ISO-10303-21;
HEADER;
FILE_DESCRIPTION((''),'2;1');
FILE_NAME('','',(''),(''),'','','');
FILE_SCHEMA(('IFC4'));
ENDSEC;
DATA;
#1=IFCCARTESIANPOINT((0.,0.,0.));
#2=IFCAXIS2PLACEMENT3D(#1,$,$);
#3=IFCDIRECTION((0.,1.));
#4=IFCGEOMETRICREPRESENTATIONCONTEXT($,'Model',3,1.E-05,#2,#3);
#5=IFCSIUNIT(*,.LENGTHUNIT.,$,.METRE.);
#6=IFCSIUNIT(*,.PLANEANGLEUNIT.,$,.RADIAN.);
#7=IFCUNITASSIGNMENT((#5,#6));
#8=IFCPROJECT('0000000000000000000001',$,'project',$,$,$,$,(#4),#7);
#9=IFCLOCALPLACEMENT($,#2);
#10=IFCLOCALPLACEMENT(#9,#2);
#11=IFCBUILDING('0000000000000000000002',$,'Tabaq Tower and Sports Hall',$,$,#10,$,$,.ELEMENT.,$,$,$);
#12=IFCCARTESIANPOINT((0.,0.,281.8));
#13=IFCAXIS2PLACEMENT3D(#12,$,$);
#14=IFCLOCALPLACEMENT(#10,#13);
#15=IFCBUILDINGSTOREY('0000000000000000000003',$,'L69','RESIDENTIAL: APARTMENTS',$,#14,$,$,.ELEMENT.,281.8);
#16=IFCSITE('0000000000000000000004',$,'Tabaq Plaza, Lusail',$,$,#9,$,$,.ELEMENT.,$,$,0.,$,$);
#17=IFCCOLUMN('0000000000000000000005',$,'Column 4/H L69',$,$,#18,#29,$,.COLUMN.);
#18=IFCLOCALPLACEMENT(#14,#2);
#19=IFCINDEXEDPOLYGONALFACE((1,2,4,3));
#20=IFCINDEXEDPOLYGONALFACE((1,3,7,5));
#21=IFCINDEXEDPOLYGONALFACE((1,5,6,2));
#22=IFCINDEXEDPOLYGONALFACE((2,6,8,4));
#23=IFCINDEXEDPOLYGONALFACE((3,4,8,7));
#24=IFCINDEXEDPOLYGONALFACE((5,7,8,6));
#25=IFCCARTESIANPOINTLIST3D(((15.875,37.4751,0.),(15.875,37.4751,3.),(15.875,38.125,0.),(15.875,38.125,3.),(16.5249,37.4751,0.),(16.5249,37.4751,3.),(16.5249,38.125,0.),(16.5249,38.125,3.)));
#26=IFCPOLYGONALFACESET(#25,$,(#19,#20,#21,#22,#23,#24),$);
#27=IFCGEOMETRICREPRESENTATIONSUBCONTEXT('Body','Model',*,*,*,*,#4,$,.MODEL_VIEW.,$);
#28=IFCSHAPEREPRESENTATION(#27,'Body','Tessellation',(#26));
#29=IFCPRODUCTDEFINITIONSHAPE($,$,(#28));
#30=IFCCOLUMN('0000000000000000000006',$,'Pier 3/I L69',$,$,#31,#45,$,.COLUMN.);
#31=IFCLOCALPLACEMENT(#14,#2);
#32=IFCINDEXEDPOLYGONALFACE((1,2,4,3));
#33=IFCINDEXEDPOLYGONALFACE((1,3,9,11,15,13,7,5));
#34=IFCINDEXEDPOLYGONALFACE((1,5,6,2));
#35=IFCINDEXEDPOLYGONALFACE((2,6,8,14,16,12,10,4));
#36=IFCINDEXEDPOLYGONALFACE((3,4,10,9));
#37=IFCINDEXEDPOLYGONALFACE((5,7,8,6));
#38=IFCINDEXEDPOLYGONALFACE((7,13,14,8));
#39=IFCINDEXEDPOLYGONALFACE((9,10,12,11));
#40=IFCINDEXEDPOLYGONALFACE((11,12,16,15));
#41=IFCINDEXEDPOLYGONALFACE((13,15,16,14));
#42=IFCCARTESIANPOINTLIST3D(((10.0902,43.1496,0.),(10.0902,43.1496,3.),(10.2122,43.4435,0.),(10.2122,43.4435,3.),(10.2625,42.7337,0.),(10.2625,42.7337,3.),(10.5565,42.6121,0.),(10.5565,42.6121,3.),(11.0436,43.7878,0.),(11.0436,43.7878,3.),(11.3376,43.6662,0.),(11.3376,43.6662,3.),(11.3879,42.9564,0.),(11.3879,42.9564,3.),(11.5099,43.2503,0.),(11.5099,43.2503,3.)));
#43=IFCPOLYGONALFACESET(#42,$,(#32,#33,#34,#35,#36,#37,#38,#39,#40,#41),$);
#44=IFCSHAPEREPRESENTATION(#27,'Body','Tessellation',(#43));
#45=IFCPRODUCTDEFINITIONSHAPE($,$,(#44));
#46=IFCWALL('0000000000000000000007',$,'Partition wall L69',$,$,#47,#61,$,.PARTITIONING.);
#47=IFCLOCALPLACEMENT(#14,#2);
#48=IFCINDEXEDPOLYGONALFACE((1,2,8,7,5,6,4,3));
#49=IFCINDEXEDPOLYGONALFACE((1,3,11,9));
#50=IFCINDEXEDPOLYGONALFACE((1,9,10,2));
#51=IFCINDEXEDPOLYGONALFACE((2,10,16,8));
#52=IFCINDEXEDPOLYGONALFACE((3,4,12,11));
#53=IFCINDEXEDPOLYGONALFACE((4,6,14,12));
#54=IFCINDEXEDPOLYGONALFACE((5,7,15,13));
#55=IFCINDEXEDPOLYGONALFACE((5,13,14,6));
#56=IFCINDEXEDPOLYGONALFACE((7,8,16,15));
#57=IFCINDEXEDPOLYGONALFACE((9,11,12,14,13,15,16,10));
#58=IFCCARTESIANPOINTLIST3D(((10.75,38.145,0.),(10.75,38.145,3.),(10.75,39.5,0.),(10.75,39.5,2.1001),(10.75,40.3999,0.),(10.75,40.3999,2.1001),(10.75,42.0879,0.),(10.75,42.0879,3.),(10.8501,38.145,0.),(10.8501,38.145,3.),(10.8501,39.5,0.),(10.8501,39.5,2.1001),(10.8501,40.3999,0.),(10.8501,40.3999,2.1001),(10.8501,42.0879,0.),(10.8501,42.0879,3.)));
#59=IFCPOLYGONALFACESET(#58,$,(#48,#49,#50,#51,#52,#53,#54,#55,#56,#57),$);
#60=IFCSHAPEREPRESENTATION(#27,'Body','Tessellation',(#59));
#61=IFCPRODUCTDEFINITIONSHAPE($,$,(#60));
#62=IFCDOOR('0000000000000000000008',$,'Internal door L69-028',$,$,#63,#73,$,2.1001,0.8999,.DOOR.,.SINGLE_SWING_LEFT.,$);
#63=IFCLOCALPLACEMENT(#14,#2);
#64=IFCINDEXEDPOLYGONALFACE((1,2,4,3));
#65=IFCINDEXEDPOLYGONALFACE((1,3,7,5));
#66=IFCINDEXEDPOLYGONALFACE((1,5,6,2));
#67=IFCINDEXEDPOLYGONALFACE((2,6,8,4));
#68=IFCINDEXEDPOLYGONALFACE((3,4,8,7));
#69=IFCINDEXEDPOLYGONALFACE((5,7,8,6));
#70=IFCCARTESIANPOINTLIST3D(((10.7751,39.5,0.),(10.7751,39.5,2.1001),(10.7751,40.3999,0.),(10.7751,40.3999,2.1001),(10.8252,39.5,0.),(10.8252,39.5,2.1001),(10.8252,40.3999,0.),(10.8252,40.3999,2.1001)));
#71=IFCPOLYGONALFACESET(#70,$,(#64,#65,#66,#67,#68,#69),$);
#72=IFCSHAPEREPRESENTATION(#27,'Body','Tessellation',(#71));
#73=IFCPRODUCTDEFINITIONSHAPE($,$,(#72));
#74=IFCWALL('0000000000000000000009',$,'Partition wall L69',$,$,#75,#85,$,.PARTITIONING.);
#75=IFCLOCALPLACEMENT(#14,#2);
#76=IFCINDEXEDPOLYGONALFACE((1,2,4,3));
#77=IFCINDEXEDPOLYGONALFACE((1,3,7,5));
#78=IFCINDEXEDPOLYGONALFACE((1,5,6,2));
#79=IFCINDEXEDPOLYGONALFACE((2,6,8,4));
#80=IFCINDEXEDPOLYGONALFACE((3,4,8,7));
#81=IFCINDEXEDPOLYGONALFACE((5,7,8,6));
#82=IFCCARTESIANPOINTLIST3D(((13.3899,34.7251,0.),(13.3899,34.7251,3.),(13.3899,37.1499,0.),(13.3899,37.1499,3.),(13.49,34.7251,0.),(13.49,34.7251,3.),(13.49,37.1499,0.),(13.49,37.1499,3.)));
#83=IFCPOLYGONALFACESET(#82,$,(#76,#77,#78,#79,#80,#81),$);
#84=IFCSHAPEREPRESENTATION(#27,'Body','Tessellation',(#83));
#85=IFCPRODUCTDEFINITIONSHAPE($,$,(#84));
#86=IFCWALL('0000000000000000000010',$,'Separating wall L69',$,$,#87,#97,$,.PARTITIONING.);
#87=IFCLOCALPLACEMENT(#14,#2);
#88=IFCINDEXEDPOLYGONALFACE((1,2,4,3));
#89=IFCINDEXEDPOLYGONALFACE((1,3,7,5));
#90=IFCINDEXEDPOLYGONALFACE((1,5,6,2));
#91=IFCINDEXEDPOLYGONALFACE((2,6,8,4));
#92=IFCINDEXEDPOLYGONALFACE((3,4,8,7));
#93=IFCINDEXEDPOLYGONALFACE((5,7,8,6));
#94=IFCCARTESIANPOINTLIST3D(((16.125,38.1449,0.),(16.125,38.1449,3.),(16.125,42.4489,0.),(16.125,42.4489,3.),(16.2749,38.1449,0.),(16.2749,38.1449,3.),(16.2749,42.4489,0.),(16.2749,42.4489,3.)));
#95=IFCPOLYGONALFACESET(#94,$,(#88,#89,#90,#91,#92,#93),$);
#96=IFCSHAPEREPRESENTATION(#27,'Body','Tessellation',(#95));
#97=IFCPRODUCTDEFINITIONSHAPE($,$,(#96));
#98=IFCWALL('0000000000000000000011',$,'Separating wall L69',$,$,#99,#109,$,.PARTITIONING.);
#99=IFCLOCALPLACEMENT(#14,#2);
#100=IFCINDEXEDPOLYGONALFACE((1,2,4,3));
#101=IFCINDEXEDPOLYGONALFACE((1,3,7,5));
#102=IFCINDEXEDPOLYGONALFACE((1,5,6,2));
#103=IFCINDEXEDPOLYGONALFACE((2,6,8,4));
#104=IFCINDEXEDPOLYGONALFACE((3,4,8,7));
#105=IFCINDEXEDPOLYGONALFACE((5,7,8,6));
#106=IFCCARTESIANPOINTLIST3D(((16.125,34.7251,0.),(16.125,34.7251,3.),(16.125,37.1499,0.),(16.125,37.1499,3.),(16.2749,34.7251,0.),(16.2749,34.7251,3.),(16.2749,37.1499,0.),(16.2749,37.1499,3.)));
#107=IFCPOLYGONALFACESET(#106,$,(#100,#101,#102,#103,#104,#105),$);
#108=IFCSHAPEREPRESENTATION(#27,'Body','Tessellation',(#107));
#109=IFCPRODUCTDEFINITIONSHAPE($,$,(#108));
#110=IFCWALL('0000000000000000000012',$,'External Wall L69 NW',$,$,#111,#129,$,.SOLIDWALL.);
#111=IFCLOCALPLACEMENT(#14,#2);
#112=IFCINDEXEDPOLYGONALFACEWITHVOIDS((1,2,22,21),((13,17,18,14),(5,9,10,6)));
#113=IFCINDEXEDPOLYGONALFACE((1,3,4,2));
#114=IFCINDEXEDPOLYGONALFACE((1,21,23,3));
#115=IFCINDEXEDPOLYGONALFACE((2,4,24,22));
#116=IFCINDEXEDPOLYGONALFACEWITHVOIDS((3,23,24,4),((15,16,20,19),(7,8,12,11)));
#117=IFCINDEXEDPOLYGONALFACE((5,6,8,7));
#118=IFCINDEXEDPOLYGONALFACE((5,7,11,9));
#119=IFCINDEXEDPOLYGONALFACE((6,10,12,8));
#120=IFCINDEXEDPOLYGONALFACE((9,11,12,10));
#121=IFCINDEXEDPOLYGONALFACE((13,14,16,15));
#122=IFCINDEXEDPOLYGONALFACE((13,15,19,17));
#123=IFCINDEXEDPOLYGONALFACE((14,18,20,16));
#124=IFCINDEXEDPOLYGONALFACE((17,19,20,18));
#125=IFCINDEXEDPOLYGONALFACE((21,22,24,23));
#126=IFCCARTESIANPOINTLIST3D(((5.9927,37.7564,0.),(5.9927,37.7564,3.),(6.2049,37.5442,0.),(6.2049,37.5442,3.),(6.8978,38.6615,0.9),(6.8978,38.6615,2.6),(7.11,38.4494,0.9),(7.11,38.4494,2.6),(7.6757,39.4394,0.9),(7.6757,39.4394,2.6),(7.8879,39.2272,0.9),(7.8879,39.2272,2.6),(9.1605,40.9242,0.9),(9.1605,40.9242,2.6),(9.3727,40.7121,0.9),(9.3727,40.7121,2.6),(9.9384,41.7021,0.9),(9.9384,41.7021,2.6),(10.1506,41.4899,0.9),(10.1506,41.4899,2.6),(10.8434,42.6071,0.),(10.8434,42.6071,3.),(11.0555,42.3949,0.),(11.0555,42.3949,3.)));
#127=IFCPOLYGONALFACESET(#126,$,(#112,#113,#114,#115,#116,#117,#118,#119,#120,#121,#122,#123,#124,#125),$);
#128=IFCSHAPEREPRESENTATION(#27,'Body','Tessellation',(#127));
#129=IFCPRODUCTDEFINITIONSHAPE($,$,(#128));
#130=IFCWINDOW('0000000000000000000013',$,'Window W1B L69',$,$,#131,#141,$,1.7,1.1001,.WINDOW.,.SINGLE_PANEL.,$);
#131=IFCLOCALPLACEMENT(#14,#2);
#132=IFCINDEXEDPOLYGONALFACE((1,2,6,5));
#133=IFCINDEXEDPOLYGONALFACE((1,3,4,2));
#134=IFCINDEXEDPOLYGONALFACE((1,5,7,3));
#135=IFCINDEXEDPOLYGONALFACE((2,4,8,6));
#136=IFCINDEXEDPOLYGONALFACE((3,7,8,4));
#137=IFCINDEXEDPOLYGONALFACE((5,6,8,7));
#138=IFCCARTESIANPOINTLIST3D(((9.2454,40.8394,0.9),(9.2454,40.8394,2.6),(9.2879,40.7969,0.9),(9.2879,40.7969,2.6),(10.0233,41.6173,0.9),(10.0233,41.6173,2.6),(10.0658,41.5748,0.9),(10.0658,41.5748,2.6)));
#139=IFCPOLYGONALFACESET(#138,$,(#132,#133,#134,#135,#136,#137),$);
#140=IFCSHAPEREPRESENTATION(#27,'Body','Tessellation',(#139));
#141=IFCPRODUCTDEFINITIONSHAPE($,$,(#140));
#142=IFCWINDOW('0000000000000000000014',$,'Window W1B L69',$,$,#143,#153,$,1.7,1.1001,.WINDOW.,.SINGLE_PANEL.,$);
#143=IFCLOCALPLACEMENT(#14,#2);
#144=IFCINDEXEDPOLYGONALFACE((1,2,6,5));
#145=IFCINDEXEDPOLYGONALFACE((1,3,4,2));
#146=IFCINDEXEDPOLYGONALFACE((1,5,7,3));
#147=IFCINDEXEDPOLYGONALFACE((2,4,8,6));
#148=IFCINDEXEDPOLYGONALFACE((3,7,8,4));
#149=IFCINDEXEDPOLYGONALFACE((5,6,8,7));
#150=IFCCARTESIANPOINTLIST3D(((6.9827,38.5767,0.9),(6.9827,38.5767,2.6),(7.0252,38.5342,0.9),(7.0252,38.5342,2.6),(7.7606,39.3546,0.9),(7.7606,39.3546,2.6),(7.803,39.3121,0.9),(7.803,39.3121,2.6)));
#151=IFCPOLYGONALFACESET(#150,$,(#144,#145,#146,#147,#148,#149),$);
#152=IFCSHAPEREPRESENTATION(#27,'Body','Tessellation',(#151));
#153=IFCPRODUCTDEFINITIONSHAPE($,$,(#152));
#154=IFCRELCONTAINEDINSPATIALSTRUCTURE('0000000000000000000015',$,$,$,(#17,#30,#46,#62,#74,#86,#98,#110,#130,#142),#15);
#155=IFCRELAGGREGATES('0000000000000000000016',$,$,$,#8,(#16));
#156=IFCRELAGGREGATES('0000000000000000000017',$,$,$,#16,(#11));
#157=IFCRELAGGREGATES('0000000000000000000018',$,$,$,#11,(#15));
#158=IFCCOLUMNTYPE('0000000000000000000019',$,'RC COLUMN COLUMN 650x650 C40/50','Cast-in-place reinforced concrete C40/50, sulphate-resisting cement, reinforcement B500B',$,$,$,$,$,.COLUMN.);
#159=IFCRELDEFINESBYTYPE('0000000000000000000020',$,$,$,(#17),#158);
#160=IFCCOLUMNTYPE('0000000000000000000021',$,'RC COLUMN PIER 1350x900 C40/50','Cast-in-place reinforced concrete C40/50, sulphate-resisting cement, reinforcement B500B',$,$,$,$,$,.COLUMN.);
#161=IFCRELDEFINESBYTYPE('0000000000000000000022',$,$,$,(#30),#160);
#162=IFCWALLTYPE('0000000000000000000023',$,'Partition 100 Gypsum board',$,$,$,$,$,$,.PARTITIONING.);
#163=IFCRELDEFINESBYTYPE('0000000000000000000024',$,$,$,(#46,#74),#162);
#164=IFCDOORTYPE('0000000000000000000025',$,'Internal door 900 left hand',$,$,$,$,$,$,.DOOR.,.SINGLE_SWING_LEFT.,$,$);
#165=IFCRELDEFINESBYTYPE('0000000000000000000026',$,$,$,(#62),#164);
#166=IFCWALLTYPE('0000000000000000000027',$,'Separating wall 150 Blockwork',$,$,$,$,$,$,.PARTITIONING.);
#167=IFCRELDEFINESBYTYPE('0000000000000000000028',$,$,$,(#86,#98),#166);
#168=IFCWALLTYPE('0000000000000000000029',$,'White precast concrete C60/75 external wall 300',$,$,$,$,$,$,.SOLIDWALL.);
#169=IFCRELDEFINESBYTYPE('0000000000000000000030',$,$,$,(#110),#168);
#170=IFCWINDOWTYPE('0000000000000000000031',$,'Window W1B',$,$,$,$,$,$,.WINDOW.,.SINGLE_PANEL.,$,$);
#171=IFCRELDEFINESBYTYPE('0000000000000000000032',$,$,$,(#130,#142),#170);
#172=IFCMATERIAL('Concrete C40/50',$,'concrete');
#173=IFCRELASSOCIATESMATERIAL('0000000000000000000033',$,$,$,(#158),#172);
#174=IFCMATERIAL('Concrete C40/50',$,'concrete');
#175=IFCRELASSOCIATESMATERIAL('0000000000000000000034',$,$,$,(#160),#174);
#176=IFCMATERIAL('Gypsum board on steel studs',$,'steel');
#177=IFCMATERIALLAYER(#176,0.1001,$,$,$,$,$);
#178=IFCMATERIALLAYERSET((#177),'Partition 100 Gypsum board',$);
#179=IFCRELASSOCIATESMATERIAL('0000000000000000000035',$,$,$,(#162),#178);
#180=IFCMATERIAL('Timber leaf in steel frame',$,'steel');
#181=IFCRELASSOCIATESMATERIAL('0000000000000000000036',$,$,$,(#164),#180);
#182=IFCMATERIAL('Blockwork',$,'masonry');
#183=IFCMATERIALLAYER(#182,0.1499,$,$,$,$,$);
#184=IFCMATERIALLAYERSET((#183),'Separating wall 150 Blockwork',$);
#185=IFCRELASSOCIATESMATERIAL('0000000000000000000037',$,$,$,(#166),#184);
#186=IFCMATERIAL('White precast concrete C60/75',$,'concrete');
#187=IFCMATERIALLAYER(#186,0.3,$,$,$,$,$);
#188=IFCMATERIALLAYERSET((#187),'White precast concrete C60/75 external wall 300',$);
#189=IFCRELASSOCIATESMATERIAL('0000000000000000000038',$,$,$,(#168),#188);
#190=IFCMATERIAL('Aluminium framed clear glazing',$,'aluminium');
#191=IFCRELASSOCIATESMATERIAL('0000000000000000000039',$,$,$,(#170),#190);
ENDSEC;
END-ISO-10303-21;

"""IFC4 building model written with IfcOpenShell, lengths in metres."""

from ifc_helpers import new_model, si_unit, direction, frame, frame_2d, origin, origin_2d, place, context, subcontext, project, spatial, polyline, rectangle, outline, extrude, material, layer, layer_set, material_profile, profile_set, type_object, element, fill, save


model = new_model("IFC4")

# Units and contexts
model_context = context("Model", 3, precision=1e-05, world=origin(), true_north=direction((0.0, 1.0)))
body_context = subcontext(model_context, "Body", "Model", "MODEL_VIEW")
ifc_project = project(units=[si_unit("LENGTHUNIT", "METRE"), si_unit("PLANEANGLEUNIT", "RADIAN")], contexts=[model_context])

# Site, building, storey
site_placement = place(None, origin())
site = spatial("IfcSite", under=ifc_project, at=site_placement, Name="Tabaq Plaza, Lusail", CompositionType="ELEMENT", RefElevation=0.0)
building_placement = place(site_placement, origin())
building = spatial("IfcBuilding", under=site, at=building_placement, Name="Tabaq Tower and Sports Hall", CompositionType="ELEMENT")
storey_placement = place(building_placement, frame((0.0, 0.0, 281.8)))
storey = spatial("IfcBuildingStorey", under=building, at=storey_placement, Name="L69", Description="RESIDENTIAL: APARTMENTS", CompositionType="ELEMENT", Elevation=281.8)

# Columns
ifc_material_1 = material(Name="Concrete C40/50", Category="concrete")
ifc_material_profile_1 = material_profile(ifc_material_1, rectangle(XDim=0.6499, YDim=0.6499, at=origin_2d()), Name="COLUMN 650x650")
ifc_profile_set_1 = profile_set([ifc_material_profile_1], Name="Concrete C40/50")
column_type_1 = type_object("IfcColumnType", Name="RC COLUMN COLUMN 650x650 C40/50", Description="Cast-in-place reinforced concrete C40/50, sulphate-resisting cement, reinforcement B500B", PredefinedType="COLUMN", material=ifc_profile_set_1)
column_1_placement = place(storey_placement, frame((16.2, 37.8, 0.0), z_axis=(0.0, 0.0, 1.0), x_axis=(1.0, 0.0, 0.0)))
element("IfcColumn", 1, at=column_1_placement, inside=storey, type_object=column_type_1, Name="Column 4/H L69", PredefinedType="COLUMN", context=body_context, shape_type="SweptSolid", body=[
    extrude(rectangle(XDim=0.6499, YDim=0.6499, at=origin_2d()), origin(), (0.0, 0.0, 1.0), 3.0),
])
ifc_material_2 = material(Name="Concrete C40/50", Category="concrete")
ifc_material_profile_2 = material_profile(ifc_material_2, outline(polyline([(-0.45, -0.45), (0.45, -0.45), (0.675, -0.2251), (0.675, 0.2251), (0.45, 0.45), (-0.45, 0.45), (-0.675, 0.2251), (-0.675, -0.2251), (-0.45, -0.45)])), Name="PIER 1350x900")
ifc_profile_set_2 = profile_set([ifc_material_profile_2], Name="Concrete C40/50")
column_type_2 = type_object("IfcColumnType", Name="RC COLUMN PIER 1350x900 C40/50", Description="Cast-in-place reinforced concrete C40/50, sulphate-resisting cement, reinforcement B500B", PredefinedType="COLUMN", material=ifc_profile_set_2)
column_2_placement = place(storey_placement, frame((10.8, 43.2, 0.0), z_axis=(0.0, 0.0, 1.0), x_axis=(0.92388, 0.382683, 0.0)))
element("IfcColumn", 2, at=column_2_placement, inside=storey, type_object=column_type_2, Name="Pier 3/I L69", PredefinedType="COLUMN", context=body_context, shape_type="SweptSolid", body=[
    extrude(outline(polyline([(-0.45, -0.45), (0.45, -0.45), (0.675, -0.2251), (0.675, 0.2251), (0.45, 0.45), (-0.45, 0.45), (-0.675, 0.2251), (-0.675, -0.2251), (-0.45, -0.45)])), origin(), (0.0, 0.0, 1.0), 3.0),
])

# Wall, opening, door
ifc_material_3 = material(Name="Gypsum board on steel studs", Category="steel")
ifc_layer_1 = layer(ifc_material_3, 0.1001)
ifc_layer_set_1 = layer_set([ifc_layer_1], Name="Partition 100 Gypsum board")
wall_type_1 = type_object("IfcWallType", Name="Partition 100 Gypsum board", PredefinedType="PARTITIONING", material=ifc_layer_set_1)
wall_1_placement = place(storey_placement, frame((10.8, 38.145, 0.0), z_axis=(0.0, 0.0, 1.0), x_axis=(0.0, 1.0, 0.0)))
wall_1 = element("IfcWall", 3, at=wall_1_placement, inside=storey, type_object=wall_type_1, Name="Partition wall L69", PredefinedType="PARTITIONING", context=body_context, shape_type="SweptSolid", body=[
    extrude(rectangle(XDim=3.9429, YDim=0.1001, at=frame_2d((1.9714, 0.0))), origin(), (0.0, 0.0, 1.0), 3.0),
])
opening_1_placement = place(wall_1_placement, frame((1.355, 0.0, 0.0)))
opening_1 = element("IfcOpeningElement", 4, at=opening_1_placement, cuts=wall_1, PredefinedType="OPENING", context=body_context, shape_type="SweptSolid", body=[
    extrude(rectangle(XDim=0.8999, YDim=2.1001, at=frame_2d((0.45, 1.05))), frame((0.0, 0.05, 0.0), z_axis=(0.0, -1.0, 0.0), x_axis=(1.0, 0.0, 0.0)), (0.0, 0.0, 1.0), 0.1001),
])
ifc_material_4 = material(Name="Timber leaf in steel frame", Category="steel")
door_type = type_object("IfcDoorType", Name="Internal door 900 left hand", OperationType="SINGLE_SWING_LEFT", PredefinedType="DOOR", material=ifc_material_4)
door_placement = place(opening_1_placement, origin())
door = element("IfcDoor", 5, at=door_placement, inside=storey, type_object=door_type, Name="Internal door L69-028", OperationType="SINGLE_SWING_LEFT", OverallHeight=2.1001, OverallWidth=0.8999, PredefinedType="DOOR", context=body_context, shape_type="SweptSolid", body=[
    extrude(rectangle(XDim=0.8999, YDim=2.1001, at=frame_2d((0.45, 1.05))), frame((0.0, 0.0249, 0.0), z_axis=(0.0, -1.0, 0.0), x_axis=(1.0, 0.0, 0.0)), (0.0, 0.0, 1.0), 0.05),
])
fill(opening_1, door)

# Walls
wall_2_placement = place(storey_placement, frame((13.4399, 34.7251, 0.0), z_axis=(0.0, 0.0, 1.0), x_axis=(0.0, 1.0, 0.0)))
element("IfcWall", 6, at=wall_2_placement, inside=storey, type_object=wall_type_1, Name="Partition wall L69", PredefinedType="PARTITIONING", context=body_context, shape_type="SweptSolid", body=[
    extrude(rectangle(XDim=2.4248, YDim=0.1001, at=frame_2d((1.2124, 0.0))), origin(), (0.0, 0.0, 1.0), 3.0),
])
ifc_material_5 = material(Name="Blockwork", Category="masonry")
ifc_layer_2 = layer(ifc_material_5, 0.1499)
ifc_layer_set_2 = layer_set([ifc_layer_2], Name="Separating wall 150 Blockwork")
wall_type_2 = type_object("IfcWallType", Name="Separating wall 150 Blockwork", PredefinedType="PARTITIONING", material=ifc_layer_set_2)
wall_3_placement = place(storey_placement, frame((16.2, 38.145, 0.0), z_axis=(0.0, 0.0, 1.0), x_axis=(0.0, 1.0, 0.0)))
element("IfcWall", 7, at=wall_3_placement, inside=storey, type_object=wall_type_2, Name="Separating wall L69", PredefinedType="PARTITIONING", context=body_context, shape_type="SweptSolid", body=[
    extrude(rectangle(XDim=4.304, YDim=0.1499, at=frame_2d((2.1519, 0.0))), origin(), (0.0, 0.0, 1.0), 3.0),
])
wall_4_placement = place(storey_placement, frame((16.2, 34.7251, 0.0), z_axis=(0.0, 0.0, 1.0), x_axis=(0.0, 1.0, 0.0)))
element("IfcWall", 8, at=wall_4_placement, inside=storey, type_object=wall_type_2, Name="Separating wall L69", PredefinedType="PARTITIONING", context=body_context, shape_type="SweptSolid", body=[
    extrude(rectangle(XDim=2.4248, YDim=0.1499, at=frame_2d((1.2124, 0.0))), origin(), (0.0, 0.0, 1.0), 3.0),
])

# Wall, openings, windows
ifc_material_6 = material(Name="White precast concrete C60/75", Category="concrete")
ifc_layer_3 = layer(ifc_material_6, 0.3)
ifc_layer_set_3 = layer_set([ifc_layer_3], Name="White precast concrete C60/75 external wall 300")
wall_type_3 = type_object("IfcWallType", Name="White precast concrete C60/75 external wall 300", PredefinedType="SOLIDWALL", material=ifc_layer_set_3)
wall_5_placement = place(storey_placement, frame((10.9495, 42.501, 0.0), z_axis=(0.0, 0.0, 1.0), x_axis=(-0.707107, -0.707107, 0.0)))
wall_5 = element("IfcWall", 9, at=wall_5_placement, inside=storey, type_object=wall_type_3, Name="External Wall L69 NW", PredefinedType="SOLIDWALL", context=body_context, shape_type="SweptSolid", body=[
    extrude(rectangle(XDim=6.8599, YDim=0.3, at=frame_2d((3.4299, 0.0))), origin(), (0.0, 0.0, 1.0), 3.0),
])
opening_2_placement = place(wall_5_placement, frame((1.2798, 0.0, 0.8999)))
opening_2 = element("IfcOpeningElement", 10, at=opening_2_placement, cuts=wall_5, PredefinedType="OPENING", context=body_context, shape_type="SweptSolid", body=[
    extrude(rectangle(XDim=1.1001, YDim=1.7, at=frame_2d((0.55, 0.8501))), frame((0.0, 0.1602, 0.0), z_axis=(0.0, -1.0, 0.0), x_axis=(1.0, 0.0, 0.0)), (0.0, 0.0, 1.0), 0.3201),
])
opening_3_placement = place(wall_5_placement, frame((4.4797, 0.0, 0.8999)))
opening_3 = element("IfcOpeningElement", 11, at=opening_3_placement, cuts=wall_5, PredefinedType="OPENING", context=body_context, shape_type="SweptSolid", body=[
    extrude(rectangle(XDim=1.1001, YDim=1.7, at=frame_2d((0.55, 0.8501))), frame((0.0, 0.1602, 0.0), z_axis=(0.0, -1.0, 0.0), x_axis=(1.0, 0.0, 0.0)), (0.0, 0.0, 1.0), 0.3201),
])
ifc_material_7 = material(Name="Aluminium framed clear glazing", Category="aluminium")
window_type = type_object("IfcWindowType", Name="Window W1B", PartitioningType="SINGLE_PANEL", PredefinedType="WINDOW", material=ifc_material_7)
window_1_placement = place(opening_2_placement, origin())
window_1 = element("IfcWindow", 12, at=window_1_placement, inside=storey, type_object=window_type, Name="Window W1B L69", OverallHeight=1.7, OverallWidth=1.1001, PartitioningType="SINGLE_PANEL", PredefinedType="WINDOW", context=body_context, shape_type="SweptSolid", body=[
    extrude(rectangle(XDim=1.1001, YDim=1.7, at=frame_2d((0.55, 0.8501))), frame((0.0, 0.03, 0.0), z_axis=(0.0, -1.0, 0.0), x_axis=(1.0, 0.0, 0.0)), (0.0, 0.0, 1.0), 0.0601),
])
fill(opening_2, window_1)
window_2_placement = place(opening_3_placement, origin())
window_2 = element("IfcWindow", 13, at=window_2_placement, inside=storey, type_object=window_type, Name="Window W1B L69", OverallHeight=1.7, OverallWidth=1.1001, PartitioningType="SINGLE_PANEL", PredefinedType="WINDOW", context=body_context, shape_type="SweptSolid", body=[
    extrude(rectangle(XDim=1.1001, YDim=1.7, at=frame_2d((0.55, 0.8501))), frame((0.0, 0.03, 0.0), z_axis=(0.0, -1.0, 0.0), x_axis=(1.0, 0.0, 0.0)), (0.0, 0.0, 1.0), 0.0601),
])
fill(opening_3, window_2)

save(model, "model.ifc")
